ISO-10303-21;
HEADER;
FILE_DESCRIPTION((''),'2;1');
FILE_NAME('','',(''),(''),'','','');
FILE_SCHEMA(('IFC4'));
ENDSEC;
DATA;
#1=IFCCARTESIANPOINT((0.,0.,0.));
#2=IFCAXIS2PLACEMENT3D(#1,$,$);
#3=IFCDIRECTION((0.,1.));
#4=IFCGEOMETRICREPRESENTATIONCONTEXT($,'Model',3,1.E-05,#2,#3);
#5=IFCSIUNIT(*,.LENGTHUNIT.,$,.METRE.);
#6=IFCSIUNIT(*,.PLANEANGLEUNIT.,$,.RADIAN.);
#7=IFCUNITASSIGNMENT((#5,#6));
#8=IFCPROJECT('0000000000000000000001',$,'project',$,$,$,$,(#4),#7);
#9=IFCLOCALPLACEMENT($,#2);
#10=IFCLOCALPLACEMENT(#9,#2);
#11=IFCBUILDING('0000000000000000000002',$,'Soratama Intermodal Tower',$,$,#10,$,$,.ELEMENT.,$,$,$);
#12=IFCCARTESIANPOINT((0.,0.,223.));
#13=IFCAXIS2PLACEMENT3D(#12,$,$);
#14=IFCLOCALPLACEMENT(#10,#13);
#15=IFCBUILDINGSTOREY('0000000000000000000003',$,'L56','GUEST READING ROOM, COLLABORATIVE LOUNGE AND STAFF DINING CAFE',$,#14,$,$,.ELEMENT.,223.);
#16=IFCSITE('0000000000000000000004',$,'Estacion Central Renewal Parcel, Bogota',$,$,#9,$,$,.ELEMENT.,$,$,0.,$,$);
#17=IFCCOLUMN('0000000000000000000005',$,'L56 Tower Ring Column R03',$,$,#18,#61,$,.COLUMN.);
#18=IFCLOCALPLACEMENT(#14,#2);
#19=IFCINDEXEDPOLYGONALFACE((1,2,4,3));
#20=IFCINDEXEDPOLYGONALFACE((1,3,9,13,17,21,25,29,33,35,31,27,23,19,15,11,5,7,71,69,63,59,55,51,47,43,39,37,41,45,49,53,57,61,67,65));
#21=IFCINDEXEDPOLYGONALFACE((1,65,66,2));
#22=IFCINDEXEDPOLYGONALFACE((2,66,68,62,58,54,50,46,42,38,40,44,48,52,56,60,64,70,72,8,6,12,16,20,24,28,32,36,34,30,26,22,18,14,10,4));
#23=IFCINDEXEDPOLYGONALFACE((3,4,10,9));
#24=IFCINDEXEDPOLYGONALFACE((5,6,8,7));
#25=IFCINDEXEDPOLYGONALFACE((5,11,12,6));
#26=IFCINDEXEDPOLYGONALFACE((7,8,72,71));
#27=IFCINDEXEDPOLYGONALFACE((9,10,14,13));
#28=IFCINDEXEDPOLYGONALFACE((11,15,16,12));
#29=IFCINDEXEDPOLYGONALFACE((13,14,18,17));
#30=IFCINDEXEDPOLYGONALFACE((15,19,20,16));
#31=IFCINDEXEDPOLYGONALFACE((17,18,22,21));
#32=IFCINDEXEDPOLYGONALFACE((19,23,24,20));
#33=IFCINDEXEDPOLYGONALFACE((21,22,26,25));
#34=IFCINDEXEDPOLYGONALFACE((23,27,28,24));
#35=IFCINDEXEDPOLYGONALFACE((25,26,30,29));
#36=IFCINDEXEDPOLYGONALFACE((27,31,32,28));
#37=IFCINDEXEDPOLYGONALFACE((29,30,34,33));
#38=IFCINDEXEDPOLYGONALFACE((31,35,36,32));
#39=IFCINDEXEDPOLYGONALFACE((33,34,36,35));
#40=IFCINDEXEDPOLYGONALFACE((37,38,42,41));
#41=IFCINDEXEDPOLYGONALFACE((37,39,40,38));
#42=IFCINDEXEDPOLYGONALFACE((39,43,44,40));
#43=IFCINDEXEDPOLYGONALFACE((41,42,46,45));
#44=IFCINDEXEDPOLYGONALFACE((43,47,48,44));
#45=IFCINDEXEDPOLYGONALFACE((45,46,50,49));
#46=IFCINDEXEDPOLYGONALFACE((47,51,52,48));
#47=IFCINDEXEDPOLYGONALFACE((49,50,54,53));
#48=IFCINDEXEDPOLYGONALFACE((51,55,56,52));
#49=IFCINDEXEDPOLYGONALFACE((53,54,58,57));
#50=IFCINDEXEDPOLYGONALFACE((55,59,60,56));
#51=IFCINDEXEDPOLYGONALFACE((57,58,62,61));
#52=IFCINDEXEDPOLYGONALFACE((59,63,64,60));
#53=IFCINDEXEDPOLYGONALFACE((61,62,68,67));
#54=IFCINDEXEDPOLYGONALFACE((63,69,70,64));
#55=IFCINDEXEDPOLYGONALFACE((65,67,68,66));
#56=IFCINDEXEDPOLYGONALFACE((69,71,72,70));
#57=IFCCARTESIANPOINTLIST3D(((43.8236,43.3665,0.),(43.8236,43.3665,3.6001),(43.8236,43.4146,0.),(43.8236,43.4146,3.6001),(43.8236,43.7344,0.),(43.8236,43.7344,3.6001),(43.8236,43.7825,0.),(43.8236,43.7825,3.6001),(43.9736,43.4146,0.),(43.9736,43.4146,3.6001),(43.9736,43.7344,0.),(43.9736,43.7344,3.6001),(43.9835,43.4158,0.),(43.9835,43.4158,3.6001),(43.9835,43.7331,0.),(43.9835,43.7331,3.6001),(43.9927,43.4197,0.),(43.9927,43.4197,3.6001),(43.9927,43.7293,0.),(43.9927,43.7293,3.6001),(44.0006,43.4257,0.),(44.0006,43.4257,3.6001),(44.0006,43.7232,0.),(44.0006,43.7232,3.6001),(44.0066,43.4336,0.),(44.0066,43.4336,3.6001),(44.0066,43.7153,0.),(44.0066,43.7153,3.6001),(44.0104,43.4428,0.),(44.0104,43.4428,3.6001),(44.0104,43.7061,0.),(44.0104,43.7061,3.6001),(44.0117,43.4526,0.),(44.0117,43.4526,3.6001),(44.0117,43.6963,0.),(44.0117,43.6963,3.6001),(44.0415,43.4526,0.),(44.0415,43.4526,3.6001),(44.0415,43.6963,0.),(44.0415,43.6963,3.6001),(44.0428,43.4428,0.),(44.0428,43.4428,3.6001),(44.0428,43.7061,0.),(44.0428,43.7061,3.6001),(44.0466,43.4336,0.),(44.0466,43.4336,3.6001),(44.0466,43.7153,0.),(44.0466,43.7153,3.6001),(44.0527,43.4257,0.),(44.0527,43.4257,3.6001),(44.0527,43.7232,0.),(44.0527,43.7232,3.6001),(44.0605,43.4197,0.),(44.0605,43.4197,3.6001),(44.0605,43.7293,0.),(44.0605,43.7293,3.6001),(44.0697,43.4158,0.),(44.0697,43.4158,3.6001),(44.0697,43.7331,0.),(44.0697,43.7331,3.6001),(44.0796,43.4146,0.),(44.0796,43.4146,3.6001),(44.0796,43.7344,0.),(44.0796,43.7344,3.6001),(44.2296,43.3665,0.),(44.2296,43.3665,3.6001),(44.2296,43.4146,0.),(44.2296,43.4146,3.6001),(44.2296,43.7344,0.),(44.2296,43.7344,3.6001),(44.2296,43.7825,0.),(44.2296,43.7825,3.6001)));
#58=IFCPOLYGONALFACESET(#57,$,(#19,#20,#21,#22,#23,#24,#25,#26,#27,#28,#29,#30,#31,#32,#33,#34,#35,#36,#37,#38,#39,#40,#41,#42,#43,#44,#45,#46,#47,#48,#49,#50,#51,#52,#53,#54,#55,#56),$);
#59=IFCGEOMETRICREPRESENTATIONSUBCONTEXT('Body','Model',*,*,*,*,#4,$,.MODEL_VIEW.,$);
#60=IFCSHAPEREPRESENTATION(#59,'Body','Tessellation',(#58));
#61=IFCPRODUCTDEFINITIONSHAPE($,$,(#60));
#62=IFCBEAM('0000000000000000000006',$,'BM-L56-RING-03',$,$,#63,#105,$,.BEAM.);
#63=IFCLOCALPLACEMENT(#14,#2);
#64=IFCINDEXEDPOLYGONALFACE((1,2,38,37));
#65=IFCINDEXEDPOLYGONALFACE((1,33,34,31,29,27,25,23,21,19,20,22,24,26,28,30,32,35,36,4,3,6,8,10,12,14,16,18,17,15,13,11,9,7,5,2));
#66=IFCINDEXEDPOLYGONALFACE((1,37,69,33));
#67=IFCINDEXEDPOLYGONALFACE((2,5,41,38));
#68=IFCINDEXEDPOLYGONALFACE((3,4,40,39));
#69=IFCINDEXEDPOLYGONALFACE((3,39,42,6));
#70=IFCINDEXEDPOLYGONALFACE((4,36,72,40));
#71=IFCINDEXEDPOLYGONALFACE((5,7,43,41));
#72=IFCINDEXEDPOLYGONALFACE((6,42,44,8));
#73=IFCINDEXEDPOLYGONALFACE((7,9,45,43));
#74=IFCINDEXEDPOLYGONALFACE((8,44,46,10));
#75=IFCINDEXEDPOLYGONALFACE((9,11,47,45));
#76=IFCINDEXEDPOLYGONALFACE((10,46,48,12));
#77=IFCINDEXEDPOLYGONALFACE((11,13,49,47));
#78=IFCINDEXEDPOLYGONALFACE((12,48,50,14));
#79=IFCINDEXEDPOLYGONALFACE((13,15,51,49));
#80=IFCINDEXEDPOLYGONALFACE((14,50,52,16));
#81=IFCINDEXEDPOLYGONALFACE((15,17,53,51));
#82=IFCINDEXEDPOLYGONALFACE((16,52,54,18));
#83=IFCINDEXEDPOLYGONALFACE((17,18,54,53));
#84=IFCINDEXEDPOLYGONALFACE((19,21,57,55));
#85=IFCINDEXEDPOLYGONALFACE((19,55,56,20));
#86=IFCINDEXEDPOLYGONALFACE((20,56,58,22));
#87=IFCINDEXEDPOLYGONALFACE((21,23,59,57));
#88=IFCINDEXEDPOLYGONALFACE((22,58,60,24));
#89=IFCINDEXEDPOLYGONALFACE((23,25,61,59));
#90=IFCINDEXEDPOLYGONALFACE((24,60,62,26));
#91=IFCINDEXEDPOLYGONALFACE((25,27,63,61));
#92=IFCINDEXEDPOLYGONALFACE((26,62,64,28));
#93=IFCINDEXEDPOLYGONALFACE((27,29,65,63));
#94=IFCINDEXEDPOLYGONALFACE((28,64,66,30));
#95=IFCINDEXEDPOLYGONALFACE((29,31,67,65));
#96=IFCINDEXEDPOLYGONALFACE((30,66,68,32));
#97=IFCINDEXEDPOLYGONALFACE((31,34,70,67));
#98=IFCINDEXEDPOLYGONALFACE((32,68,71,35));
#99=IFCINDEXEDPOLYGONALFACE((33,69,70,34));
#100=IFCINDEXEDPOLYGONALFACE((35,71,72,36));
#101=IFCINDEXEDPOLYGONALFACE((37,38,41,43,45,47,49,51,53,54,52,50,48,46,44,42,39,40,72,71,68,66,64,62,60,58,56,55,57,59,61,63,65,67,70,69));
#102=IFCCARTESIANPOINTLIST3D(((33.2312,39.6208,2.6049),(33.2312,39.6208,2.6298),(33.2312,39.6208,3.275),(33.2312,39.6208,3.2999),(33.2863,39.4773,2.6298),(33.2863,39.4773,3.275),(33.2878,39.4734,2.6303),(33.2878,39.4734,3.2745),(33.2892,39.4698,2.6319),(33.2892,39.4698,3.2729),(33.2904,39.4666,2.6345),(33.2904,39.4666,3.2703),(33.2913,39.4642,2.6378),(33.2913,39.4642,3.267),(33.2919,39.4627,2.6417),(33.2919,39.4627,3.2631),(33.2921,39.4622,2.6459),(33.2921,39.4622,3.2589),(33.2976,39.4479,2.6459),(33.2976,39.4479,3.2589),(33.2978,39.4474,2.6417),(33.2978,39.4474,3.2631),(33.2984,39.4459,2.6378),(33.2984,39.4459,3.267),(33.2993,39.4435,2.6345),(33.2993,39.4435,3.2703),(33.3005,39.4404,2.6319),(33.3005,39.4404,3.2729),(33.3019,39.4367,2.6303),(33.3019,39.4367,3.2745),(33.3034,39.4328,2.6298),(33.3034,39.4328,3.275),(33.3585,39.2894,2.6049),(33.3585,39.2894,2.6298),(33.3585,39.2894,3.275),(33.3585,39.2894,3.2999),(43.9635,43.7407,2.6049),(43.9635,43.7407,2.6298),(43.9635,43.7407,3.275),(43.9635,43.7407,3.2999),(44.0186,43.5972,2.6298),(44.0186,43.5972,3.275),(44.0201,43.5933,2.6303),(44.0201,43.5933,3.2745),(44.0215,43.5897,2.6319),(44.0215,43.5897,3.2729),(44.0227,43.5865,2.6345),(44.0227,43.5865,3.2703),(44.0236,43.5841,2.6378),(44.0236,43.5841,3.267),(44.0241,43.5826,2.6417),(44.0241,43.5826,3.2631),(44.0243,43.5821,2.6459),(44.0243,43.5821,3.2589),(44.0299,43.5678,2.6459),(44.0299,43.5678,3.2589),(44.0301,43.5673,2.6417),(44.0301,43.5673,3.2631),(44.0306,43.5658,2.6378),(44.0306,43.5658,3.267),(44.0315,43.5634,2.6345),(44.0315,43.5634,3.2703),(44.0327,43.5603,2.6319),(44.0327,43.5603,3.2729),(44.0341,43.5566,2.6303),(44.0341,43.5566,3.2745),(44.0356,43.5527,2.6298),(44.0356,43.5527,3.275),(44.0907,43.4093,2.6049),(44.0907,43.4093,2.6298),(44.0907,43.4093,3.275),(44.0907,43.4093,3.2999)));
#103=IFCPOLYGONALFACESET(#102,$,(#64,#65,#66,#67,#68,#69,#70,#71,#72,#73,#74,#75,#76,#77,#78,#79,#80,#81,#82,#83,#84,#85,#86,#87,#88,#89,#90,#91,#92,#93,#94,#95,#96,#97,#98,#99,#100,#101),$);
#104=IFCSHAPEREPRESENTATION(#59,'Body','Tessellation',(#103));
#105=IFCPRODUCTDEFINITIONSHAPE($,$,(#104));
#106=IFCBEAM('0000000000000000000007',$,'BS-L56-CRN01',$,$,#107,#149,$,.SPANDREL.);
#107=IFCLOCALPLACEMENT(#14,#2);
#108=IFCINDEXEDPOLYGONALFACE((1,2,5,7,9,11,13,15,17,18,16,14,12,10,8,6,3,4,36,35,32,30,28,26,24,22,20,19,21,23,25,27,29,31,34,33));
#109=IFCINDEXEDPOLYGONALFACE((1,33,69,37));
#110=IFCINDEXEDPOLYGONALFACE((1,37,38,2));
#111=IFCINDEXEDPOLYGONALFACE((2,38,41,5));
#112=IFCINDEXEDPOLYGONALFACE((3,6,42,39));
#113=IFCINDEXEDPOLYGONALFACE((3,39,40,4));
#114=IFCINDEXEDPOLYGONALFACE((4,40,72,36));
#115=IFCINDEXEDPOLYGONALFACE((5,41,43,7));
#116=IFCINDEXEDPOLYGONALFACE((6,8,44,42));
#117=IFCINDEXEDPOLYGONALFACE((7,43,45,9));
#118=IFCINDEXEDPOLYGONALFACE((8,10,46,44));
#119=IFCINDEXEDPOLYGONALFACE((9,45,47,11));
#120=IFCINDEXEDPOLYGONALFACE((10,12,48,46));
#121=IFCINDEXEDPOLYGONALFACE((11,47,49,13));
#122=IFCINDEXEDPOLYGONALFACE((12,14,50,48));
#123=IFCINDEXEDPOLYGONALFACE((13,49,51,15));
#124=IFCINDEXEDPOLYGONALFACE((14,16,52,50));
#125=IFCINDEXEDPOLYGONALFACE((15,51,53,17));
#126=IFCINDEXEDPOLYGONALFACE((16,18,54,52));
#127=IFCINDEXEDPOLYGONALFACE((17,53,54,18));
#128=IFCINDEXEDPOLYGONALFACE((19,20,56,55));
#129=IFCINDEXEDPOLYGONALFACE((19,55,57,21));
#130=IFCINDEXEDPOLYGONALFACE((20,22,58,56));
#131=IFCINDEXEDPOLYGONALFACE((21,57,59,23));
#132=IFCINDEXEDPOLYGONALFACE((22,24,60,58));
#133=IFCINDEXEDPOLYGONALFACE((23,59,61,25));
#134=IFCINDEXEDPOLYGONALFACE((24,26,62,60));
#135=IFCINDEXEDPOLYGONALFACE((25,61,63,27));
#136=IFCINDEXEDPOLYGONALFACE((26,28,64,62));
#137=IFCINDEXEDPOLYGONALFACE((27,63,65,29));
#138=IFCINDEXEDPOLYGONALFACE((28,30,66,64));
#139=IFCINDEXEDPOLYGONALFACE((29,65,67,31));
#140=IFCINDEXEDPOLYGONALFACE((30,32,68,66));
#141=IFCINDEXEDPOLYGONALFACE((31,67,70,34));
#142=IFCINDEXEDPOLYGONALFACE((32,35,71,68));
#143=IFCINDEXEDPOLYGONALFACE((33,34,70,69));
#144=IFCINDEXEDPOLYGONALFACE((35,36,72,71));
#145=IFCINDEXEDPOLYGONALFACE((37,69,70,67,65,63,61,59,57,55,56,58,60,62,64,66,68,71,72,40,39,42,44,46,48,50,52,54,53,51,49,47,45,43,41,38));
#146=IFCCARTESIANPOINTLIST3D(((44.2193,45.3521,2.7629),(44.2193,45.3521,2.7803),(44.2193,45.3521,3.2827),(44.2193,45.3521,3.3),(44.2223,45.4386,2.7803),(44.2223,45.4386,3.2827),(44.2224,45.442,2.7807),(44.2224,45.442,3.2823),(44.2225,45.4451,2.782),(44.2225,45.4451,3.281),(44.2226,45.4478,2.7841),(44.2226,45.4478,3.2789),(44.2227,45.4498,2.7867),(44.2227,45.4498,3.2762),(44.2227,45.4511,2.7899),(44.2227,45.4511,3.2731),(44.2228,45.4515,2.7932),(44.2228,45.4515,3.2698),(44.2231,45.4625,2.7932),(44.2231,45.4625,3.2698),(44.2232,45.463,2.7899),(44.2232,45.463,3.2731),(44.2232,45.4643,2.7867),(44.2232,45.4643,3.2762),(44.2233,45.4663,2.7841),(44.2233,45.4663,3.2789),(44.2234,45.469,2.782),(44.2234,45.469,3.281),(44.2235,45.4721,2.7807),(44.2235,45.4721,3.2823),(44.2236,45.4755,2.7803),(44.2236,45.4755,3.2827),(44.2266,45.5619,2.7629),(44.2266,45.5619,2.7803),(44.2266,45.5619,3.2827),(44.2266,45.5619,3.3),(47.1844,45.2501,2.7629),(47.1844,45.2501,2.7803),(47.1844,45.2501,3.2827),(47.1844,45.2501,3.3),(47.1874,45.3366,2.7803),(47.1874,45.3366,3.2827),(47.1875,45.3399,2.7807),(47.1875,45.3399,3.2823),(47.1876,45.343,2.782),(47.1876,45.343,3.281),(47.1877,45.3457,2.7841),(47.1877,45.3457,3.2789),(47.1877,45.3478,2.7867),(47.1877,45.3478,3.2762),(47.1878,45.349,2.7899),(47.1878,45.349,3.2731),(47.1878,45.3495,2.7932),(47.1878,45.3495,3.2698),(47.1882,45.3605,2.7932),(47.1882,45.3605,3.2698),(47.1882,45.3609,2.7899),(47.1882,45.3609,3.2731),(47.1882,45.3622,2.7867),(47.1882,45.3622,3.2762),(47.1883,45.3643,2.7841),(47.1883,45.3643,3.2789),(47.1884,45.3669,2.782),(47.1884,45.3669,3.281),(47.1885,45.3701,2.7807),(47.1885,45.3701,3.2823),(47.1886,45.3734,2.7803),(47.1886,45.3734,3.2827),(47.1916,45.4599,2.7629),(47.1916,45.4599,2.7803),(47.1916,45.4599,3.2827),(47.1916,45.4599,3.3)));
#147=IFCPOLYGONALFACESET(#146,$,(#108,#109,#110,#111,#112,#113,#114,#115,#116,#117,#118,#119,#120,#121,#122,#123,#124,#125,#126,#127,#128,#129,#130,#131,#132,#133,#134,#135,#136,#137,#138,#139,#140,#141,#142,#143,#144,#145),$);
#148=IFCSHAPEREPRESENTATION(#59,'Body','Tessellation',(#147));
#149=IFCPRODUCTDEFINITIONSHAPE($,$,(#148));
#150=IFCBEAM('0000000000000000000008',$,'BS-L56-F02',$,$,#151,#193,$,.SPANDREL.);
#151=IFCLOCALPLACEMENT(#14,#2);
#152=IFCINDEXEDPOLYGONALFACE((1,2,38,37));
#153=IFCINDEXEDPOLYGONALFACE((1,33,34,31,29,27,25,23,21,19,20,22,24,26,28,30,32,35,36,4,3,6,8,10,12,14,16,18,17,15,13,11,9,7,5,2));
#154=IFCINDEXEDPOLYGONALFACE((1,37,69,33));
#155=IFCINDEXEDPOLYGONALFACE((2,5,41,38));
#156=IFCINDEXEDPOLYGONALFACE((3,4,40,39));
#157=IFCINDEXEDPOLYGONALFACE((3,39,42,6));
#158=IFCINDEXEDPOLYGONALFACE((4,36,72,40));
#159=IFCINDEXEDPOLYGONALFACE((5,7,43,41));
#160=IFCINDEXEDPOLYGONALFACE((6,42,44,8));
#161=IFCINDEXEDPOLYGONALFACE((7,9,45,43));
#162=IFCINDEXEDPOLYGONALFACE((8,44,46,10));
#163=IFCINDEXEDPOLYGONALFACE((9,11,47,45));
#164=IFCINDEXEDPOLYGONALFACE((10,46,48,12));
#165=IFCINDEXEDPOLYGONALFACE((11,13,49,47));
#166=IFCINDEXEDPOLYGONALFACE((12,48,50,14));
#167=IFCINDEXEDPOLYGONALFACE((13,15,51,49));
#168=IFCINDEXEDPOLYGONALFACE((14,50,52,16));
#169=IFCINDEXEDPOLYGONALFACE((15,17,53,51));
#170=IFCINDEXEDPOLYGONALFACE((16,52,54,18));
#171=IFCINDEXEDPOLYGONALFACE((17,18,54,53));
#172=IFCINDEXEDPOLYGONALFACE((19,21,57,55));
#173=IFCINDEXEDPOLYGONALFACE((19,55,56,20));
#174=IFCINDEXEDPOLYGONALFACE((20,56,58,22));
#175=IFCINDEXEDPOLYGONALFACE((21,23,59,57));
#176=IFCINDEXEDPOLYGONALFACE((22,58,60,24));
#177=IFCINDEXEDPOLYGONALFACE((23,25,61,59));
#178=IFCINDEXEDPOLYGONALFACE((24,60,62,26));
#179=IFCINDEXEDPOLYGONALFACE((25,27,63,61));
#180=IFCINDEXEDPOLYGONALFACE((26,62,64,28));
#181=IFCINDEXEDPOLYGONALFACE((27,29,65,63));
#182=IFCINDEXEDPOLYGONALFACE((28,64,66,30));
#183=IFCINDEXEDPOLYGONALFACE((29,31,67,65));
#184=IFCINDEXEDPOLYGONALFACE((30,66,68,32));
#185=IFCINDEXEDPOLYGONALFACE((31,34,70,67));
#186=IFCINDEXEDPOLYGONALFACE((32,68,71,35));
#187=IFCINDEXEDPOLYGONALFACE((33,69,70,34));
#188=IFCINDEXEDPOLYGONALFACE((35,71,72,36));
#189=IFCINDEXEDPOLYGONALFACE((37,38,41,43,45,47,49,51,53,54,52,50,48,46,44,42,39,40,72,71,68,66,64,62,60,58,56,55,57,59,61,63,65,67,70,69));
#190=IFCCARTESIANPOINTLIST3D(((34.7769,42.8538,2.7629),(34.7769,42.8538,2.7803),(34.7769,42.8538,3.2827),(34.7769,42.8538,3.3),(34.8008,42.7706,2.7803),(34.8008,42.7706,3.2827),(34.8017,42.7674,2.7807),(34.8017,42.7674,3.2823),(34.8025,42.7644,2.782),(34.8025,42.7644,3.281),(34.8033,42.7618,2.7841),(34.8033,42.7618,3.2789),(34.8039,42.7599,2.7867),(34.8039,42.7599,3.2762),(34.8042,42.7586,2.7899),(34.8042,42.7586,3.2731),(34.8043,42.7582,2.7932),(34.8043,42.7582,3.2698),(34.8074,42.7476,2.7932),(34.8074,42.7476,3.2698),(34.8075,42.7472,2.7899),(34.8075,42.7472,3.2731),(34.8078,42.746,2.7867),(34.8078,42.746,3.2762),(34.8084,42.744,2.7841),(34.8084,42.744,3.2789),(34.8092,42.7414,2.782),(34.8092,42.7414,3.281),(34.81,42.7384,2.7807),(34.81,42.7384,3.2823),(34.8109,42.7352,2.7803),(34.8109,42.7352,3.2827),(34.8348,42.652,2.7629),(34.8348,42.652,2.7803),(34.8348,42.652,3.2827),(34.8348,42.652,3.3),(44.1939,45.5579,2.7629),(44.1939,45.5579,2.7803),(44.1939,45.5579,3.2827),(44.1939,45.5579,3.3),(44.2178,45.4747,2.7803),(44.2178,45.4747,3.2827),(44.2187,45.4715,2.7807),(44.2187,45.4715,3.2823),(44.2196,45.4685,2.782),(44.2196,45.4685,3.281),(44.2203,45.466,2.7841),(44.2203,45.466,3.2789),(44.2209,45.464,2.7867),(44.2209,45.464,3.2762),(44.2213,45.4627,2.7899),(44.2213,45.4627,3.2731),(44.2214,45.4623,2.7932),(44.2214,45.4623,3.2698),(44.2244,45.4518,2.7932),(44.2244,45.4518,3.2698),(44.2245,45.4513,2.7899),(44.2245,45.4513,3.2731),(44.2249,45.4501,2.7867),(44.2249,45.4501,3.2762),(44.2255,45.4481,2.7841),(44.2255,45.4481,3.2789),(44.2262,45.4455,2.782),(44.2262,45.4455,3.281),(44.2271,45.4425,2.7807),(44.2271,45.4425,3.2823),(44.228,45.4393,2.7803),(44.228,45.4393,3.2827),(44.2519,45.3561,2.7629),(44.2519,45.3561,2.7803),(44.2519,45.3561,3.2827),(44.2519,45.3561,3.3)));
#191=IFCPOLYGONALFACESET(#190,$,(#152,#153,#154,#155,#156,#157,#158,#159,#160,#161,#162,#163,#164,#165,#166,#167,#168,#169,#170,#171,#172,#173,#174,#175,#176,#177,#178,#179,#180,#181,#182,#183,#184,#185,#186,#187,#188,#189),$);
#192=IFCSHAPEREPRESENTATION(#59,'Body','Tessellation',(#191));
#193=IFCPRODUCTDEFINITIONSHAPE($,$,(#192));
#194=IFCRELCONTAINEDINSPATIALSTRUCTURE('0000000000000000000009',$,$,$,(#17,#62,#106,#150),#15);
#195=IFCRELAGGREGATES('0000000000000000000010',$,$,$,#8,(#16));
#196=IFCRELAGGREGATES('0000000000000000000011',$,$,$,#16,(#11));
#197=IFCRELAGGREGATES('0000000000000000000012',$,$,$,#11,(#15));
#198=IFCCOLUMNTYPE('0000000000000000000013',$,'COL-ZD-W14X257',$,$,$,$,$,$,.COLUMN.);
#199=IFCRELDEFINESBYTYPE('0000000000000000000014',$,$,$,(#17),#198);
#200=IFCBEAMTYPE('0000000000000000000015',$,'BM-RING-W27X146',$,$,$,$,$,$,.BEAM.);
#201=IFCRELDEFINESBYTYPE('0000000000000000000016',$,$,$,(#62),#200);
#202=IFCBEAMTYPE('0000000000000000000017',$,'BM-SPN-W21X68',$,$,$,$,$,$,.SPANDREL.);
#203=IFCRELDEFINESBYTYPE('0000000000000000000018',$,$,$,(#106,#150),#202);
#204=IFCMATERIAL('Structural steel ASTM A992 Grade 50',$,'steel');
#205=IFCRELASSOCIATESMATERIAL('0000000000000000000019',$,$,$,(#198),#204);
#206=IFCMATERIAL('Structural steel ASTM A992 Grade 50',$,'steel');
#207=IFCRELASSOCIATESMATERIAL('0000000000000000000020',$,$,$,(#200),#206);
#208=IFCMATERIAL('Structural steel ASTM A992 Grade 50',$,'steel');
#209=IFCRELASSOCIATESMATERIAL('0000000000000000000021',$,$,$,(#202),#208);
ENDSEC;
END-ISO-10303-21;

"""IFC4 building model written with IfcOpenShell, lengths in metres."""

from ifc_helpers import new_model, si_unit, direction, frame, origin, origin_2d, place, context, subcontext, project, spatial, i_section, extrude, material, material_profile, profile_set, type_object, element, save


model = new_model("IFC4")

# Units and contexts
model_context = context("Model", 3, precision=1e-05, world=origin(), true_north=direction((0.0, 1.0)))
body_context = subcontext(model_context, "Body", "Model", "MODEL_VIEW")
ifc_project = project(units=[si_unit("LENGTHUNIT", "METRE"), si_unit("PLANEANGLEUNIT", "RADIAN")], contexts=[model_context])

# Site, building, storey
site_placement = place(None, origin())
site = spatial("IfcSite", under=ifc_project, at=site_placement, Name="Estacion Central Renewal Parcel, Bogota", CompositionType="ELEMENT", RefElevation=0.0)
building_placement = place(site_placement, origin())
building = spatial("IfcBuilding", under=site, at=building_placement, Name="Soratama Intermodal Tower", CompositionType="ELEMENT")
storey_placement = place(building_placement, frame((0.0, 0.0, 223.0)))
storey = spatial("IfcBuildingStorey", under=building, at=storey_placement, Name="L56", Description="GUEST READING ROOM, COLLABORATIVE LOUNGE AND STAFF DINING CAFE", CompositionType="ELEMENT", Elevation=223.0)

# Column
ifc_material_1 = material(Name="Structural steel ASTM A992 Grade 50", Category="steel")
ifc_material_profile_1 = material_profile(ifc_material_1, i_section(OverallWidth=0.406, OverallDepth=0.416, WebThickness=0.0298, FlangeThickness=0.0481, FilletRadius=0.0381, at=origin_2d()), Name="W14X257")
ifc_profile_set_1 = profile_set([ifc_material_profile_1], Name="Structural steel ASTM A992 Grade 50")
column_type = type_object("IfcColumnType", Name="COL-ZD-W14X257", PredefinedType="COLUMN", material=ifc_profile_set_1)
column_placement = place(storey_placement, frame((44.0266, 43.5745, 0.0), z_axis=(0.0, 0.0, 1.0), x_axis=(1.0, 0.0, 0.0)))
element("IfcColumn", 1, at=column_placement, inside=storey, type_object=column_type, Name="L56 Tower Ring Column R03", PredefinedType="COLUMN", context=body_context, shape_type="SweptSolid", body=[
    extrude(i_section(OverallWidth=0.406, OverallDepth=0.416, WebThickness=0.0298, FlangeThickness=0.0481, FilletRadius=0.0381, at=origin_2d()), origin(), (0.0, 0.0, 1.0), 3.6001),
])

# Beams
ifc_material_2 = material(Name="Structural steel ASTM A992 Grade 50", Category="steel")
ifc_material_profile_2 = material_profile(ifc_material_2, i_section(OverallWidth=0.355, OverallDepth=0.6951, WebThickness=0.0154, FlangeThickness=0.0249, FilletRadius=0.0161, at=origin_2d()), Name="W27X146")
ifc_profile_set_2 = profile_set([ifc_material_profile_2], Name="Structural steel ASTM A992 Grade 50")
beam_type_1 = type_object("IfcBeamType", Name="BM-RING-W27X146", PredefinedType="BEAM", material=ifc_profile_set_2)
beam_1_placement = place(storey_placement, frame((44.0271, 43.575, 2.9524), z_axis=(-0.933575, -0.358381, 0.0), x_axis=(0.358381, -0.933575, 0.0)))
element("IfcBeam", 2, at=beam_1_placement, inside=storey, type_object=beam_type_1, Name="BM-L56-RING-03", PredefinedType="BEAM", context=body_context, shape_type="SweptSolid", body=[
    extrude(i_section(OverallWidth=0.355, OverallDepth=0.6951, WebThickness=0.0154, FlangeThickness=0.0249, FilletRadius=0.0161, at=origin_2d()), origin(), (0.0, 0.0, 1.0), 11.4958),
])
ifc_material_3 = material(Name="Structural steel ASTM A992 Grade 50", Category="steel")
ifc_material_profile_3 = material_profile(ifc_material_3, i_section(OverallWidth=0.21, OverallDepth=0.5371, WebThickness=0.011, FlangeThickness=0.0173, FilletRadius=0.0129, at=origin_2d()), Name="W21X68")
ifc_profile_set_3 = profile_set([ifc_material_profile_3], Name="Structural steel ASTM A992 Grade 50")
beam_type_2 = type_object("IfcBeamType", Name="BM-SPN-W21X68", PredefinedType="SPANDREL", material=ifc_profile_set_3)
beam_2_placement = place(storey_placement, frame((47.188, 45.355, 3.0315), z_axis=(-0.999408, 0.034397, 0.0), x_axis=(-0.034397, -0.999408, 0.0)))
element("IfcBeam", 3, at=beam_2_placement, inside=storey, type_object=beam_type_2, Name="BS-L56-CRN01", PredefinedType="SPANDREL", context=body_context, shape_type="SweptSolid", body=[
    extrude(i_section(OverallWidth=0.21, OverallDepth=0.5371, WebThickness=0.011, FlangeThickness=0.0173, FilletRadius=0.0129, at=origin_2d()), origin(), (0.0, 0.0, 1.0), 2.9668),
])
beam_3_placement = place(storey_placement, frame((44.2229, 45.457, 3.0315), z_axis=(-0.961158, -0.275998, 0.0), x_axis=(0.275998, -0.961158, 0.0)))
element("IfcBeam", 4, at=beam_3_placement, inside=storey, type_object=beam_type_2, Name="BS-L56-F02", PredefinedType="SPANDREL", context=body_context, shape_type="SweptSolid", body=[
    extrude(i_section(OverallWidth=0.21, OverallDepth=0.5371, WebThickness=0.011, FlangeThickness=0.0173, FilletRadius=0.0129, at=origin_2d()), origin(), (0.0, 0.0, 1.0), 9.7976),
])

save(model, "model.ifc")
